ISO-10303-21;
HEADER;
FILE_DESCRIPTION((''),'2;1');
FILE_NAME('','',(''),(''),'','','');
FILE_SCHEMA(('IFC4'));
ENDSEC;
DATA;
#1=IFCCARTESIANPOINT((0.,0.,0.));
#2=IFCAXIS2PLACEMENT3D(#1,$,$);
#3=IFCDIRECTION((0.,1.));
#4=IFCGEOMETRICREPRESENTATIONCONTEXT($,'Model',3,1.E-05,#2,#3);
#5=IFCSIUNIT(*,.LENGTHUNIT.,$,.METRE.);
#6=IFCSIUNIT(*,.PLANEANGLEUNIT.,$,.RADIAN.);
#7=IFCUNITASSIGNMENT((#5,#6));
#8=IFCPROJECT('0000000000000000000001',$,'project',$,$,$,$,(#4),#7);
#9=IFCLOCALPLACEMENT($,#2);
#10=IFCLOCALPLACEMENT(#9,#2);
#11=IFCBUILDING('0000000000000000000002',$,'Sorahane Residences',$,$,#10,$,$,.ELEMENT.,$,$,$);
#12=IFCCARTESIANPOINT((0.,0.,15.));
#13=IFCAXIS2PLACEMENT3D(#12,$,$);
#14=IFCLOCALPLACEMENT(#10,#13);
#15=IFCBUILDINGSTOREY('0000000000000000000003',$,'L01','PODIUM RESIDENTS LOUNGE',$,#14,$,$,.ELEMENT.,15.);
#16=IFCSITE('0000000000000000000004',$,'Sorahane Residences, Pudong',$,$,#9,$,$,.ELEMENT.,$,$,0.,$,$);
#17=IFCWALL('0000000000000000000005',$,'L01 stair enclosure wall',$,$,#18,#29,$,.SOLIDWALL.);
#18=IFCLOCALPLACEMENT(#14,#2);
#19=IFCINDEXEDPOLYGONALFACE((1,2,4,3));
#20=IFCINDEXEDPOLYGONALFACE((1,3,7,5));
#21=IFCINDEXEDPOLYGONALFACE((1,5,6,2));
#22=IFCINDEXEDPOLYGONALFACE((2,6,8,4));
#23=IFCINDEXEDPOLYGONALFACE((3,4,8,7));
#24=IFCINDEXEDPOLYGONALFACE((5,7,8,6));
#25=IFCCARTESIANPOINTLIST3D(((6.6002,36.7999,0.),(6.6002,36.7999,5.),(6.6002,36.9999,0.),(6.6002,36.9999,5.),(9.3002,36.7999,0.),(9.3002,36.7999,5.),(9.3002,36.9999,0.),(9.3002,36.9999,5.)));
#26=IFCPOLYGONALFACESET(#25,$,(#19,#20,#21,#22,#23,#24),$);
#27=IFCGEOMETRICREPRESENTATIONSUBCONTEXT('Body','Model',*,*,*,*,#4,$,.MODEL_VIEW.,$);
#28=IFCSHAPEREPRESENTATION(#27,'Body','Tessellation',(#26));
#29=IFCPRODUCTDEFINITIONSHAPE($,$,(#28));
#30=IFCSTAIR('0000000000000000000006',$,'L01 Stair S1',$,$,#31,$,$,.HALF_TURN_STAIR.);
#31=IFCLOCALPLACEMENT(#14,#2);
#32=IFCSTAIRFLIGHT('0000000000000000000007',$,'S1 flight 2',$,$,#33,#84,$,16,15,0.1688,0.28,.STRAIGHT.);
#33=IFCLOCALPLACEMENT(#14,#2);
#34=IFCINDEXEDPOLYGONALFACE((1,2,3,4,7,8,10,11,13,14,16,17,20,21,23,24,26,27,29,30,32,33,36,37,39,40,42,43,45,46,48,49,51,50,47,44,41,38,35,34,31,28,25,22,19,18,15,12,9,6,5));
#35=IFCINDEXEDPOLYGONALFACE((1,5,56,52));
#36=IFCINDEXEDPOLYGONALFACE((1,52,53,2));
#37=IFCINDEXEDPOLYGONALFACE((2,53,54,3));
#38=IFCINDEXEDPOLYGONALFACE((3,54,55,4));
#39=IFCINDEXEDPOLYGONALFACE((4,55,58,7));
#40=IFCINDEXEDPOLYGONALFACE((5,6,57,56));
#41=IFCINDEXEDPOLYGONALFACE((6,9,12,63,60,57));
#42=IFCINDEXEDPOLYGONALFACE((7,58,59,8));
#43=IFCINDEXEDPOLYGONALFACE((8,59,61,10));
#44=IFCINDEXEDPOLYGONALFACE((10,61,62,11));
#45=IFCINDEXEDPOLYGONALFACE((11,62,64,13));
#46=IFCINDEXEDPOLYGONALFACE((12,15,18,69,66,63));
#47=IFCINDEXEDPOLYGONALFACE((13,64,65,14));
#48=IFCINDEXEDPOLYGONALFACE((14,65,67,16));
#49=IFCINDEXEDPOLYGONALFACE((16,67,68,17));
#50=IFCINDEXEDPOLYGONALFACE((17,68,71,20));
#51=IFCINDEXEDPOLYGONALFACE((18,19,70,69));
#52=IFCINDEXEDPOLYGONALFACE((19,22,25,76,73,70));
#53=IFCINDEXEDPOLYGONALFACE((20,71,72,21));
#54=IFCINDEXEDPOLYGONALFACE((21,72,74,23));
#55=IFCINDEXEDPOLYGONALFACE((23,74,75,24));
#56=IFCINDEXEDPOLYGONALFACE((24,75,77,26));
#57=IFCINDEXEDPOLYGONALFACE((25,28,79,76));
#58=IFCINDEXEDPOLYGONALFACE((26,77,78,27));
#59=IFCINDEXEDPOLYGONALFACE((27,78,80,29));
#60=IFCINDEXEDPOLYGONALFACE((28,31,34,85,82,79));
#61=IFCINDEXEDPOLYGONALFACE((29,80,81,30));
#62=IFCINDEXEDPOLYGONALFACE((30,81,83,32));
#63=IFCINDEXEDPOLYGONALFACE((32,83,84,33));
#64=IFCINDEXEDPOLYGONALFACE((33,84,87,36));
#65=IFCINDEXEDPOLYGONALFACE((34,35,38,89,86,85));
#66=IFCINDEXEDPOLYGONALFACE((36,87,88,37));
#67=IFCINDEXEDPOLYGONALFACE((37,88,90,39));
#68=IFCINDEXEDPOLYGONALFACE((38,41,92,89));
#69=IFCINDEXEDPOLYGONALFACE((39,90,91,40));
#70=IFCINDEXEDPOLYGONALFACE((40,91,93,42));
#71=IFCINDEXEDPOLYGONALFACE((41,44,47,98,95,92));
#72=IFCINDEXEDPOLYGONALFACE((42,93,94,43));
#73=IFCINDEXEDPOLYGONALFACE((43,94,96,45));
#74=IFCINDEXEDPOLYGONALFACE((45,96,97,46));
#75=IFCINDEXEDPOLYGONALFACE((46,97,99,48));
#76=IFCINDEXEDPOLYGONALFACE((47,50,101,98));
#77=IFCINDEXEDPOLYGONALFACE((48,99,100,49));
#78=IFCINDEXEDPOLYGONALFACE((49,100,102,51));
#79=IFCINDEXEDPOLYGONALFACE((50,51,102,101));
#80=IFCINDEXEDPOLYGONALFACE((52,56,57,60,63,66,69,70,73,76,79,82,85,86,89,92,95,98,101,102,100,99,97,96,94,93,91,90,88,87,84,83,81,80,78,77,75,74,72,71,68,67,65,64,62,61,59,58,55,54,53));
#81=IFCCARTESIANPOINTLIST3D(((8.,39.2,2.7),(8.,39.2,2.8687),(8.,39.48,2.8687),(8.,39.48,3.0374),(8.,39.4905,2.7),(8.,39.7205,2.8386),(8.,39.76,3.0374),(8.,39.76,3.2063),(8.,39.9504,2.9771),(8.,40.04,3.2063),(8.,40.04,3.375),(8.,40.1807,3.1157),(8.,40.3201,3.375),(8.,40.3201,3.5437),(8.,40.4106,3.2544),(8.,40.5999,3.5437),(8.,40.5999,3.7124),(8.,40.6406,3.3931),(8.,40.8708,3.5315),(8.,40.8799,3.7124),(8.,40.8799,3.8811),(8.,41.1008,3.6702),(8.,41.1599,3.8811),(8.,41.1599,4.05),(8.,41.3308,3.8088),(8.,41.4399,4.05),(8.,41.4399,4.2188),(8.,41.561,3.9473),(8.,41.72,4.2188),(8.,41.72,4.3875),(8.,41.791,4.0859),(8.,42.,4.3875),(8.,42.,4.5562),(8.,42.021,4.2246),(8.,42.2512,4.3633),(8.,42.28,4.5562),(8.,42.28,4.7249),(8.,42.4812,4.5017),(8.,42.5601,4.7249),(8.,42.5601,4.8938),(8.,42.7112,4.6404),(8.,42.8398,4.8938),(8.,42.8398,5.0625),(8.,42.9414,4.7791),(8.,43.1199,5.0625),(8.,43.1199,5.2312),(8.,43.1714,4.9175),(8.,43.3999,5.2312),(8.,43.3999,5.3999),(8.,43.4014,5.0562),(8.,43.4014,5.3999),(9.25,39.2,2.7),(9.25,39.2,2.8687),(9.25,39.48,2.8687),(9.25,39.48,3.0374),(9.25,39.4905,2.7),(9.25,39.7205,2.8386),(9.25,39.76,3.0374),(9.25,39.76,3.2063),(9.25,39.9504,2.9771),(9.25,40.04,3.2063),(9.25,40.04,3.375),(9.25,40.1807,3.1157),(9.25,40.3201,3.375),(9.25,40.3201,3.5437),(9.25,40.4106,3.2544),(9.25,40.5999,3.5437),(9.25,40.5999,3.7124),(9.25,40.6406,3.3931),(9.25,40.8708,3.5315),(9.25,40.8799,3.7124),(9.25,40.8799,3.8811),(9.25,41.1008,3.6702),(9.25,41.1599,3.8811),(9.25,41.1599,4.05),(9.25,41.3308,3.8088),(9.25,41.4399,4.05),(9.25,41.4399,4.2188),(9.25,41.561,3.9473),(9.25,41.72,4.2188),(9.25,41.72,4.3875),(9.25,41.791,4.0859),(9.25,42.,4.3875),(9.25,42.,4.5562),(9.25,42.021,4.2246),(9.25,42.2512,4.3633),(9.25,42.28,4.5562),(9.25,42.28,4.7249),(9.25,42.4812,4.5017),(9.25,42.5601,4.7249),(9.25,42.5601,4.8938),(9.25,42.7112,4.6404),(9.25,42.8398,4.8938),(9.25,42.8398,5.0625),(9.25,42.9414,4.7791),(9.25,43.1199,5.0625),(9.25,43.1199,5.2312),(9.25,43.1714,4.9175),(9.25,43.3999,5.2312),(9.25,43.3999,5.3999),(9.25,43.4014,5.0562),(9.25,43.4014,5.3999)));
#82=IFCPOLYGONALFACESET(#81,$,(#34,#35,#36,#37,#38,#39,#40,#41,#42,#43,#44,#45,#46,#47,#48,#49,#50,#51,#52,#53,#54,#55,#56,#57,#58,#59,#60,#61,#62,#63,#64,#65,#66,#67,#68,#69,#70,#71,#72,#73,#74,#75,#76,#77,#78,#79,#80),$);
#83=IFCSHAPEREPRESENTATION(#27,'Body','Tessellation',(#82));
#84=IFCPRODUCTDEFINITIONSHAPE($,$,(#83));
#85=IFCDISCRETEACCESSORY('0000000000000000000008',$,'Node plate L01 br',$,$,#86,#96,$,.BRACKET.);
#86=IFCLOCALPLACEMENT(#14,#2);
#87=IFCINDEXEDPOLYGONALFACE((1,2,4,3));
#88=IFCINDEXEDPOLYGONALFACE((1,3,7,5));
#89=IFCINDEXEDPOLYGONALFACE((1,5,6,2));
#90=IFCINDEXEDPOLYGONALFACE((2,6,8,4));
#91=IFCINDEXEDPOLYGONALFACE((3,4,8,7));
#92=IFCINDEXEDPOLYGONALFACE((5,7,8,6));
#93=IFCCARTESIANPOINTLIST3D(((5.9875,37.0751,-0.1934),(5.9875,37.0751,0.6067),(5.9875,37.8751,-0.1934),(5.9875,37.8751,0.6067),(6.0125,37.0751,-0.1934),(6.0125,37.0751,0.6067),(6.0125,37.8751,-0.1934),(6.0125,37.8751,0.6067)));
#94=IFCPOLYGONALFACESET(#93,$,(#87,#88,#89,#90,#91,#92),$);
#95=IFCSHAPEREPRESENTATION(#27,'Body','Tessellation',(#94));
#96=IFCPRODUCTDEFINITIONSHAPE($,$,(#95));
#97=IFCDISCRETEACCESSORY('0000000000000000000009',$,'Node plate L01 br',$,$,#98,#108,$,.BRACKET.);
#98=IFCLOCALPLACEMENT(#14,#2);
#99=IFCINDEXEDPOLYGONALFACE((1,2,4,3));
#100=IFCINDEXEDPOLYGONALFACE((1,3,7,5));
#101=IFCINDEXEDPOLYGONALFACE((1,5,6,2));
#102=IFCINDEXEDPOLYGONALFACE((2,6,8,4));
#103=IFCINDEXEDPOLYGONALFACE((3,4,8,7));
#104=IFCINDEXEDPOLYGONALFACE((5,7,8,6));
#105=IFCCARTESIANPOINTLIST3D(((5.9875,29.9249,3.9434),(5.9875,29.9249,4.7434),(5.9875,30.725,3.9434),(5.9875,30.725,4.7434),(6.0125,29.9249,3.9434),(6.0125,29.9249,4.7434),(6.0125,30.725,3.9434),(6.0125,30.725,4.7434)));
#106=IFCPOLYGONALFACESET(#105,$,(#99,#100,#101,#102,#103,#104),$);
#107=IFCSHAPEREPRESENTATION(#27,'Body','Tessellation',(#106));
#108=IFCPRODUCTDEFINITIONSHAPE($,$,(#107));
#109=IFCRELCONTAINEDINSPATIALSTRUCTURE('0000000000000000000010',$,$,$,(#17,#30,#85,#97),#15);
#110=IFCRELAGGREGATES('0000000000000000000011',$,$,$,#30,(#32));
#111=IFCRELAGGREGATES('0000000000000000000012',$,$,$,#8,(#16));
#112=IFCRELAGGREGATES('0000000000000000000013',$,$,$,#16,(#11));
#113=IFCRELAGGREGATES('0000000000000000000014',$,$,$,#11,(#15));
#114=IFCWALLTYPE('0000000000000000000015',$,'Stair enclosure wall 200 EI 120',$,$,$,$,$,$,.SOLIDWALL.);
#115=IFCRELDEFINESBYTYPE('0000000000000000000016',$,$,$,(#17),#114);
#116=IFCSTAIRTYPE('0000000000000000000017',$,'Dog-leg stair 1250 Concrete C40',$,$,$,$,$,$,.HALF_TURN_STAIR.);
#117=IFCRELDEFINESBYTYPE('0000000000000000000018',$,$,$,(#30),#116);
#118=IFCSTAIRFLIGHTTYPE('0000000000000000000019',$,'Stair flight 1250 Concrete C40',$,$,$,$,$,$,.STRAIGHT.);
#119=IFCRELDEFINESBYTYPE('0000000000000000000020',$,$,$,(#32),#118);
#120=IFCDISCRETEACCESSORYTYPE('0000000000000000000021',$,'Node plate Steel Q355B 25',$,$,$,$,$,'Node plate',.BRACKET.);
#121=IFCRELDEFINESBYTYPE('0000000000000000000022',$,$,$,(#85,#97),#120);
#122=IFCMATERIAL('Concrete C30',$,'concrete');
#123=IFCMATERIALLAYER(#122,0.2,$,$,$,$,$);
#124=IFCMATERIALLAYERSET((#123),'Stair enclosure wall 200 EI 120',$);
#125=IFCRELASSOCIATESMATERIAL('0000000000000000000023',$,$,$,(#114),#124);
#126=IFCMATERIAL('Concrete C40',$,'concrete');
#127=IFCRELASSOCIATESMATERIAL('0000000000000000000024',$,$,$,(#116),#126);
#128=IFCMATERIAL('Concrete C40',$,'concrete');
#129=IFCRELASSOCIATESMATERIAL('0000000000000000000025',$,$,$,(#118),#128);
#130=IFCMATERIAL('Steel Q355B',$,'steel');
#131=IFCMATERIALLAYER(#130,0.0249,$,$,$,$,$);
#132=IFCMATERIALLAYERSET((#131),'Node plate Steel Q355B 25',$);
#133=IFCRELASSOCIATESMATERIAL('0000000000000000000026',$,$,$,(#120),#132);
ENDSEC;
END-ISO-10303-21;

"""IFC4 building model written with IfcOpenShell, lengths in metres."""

from ifc_helpers import new_model, si_unit, direction, frame, frame_2d, origin, origin_2d, place, context, subcontext, project, spatial, polyline, rectangle, outline, extrude, material, layer, layer_set, type_object, element, aggregate, save


model = new_model("IFC4")

# Units and contexts
model_context = context("Model", 3, precision=1e-05, world=origin(), true_north=direction((0.0, 1.0)))
body_context = subcontext(model_context, "Body", "Model", "MODEL_VIEW")
ifc_project = project(units=[si_unit("LENGTHUNIT", "METRE"), si_unit("PLANEANGLEUNIT", "RADIAN")], contexts=[model_context])

# Site, building, storey
site_placement = place(None, origin())
site = spatial("IfcSite", under=ifc_project, at=site_placement, Name="Sorahane Residences, Pudong", CompositionType="ELEMENT", RefElevation=0.0)
building_placement = place(site_placement, origin())
building = spatial("IfcBuilding", under=site, at=building_placement, Name="Sorahane Residences", CompositionType="ELEMENT")
storey_placement = place(building_placement, frame((0.0, 0.0, 15.0)))
storey = spatial("IfcBuildingStorey", under=building, at=storey_placement, Name="L01", Description="PODIUM RESIDENTS LOUNGE", CompositionType="ELEMENT", Elevation=15.0)

# Wall
ifc_material_1 = material(Name="Concrete C30", Category="concrete")
ifc_layer_1 = layer(ifc_material_1, 0.2)
ifc_layer_set_1 = layer_set([ifc_layer_1], Name="Stair enclosure wall 200 EI 120")
wall_type_1 = type_object("IfcWallType", Name="Stair enclosure wall 200 EI 120", PredefinedType="SOLIDWALL", material=ifc_layer_set_1)
wall_1_placement = place(storey_placement, frame((6.6001, 36.8999, 0.0), z_axis=(0.0, 0.0, 1.0), x_axis=(1.0, 0.0, 0.0)))
element("IfcWall", 1, at=wall_1_placement, inside=storey, type_object=wall_type_1, Name="L01 stair enclosure wall", PredefinedType="SOLIDWALL", context=body_context, shape_type="SweptSolid", body=[
    extrude(rectangle(XDim=2.7, YDim=0.2, at=frame_2d((1.3501, 0.0))), origin(), (0.0, 0.0, 1.0), 5.0),
])

# Stair, stair flight
ifc_material_2 = material(Name="Concrete C40", Category="concrete")
stair_type = type_object("IfcStairType", Name="Dog-leg stair 1250 Concrete C40", PredefinedType="HALF_TURN_STAIR", material=ifc_material_2)
stair_placement = place(storey_placement, origin())
stair = element("IfcStair", 2, at=stair_placement, inside=storey, type_object=stair_type, Name="L01 Stair S1", PredefinedType="HALF_TURN_STAIR")
ifc_material_3 = material(Name="Concrete C40", Category="concrete")
stair_flight_type = type_object("IfcStairFlightType", Name="Stair flight 1250 Concrete C40", PredefinedType="STRAIGHT", material=ifc_material_3)
stair_flight_placement = place(storey_placement, frame((8.625, 39.2, 2.7), z_axis=(0.0, 0.0, 1.0), x_axis=(0.0, 1.0, 0.0)))
stair_flight = element("IfcStairFlight", 3, at=stair_flight_placement, type_object=stair_flight_type, Name="S1 flight 2", NumberOfRisers=16, NumberOfTreads=15, PredefinedType="STRAIGHT", RiserHeight=0.1688, TreadLength=0.28, context=body_context, shape_type="SweptSolid", body=[
    extrude(outline(polyline([(0.0, 0.0), (0.0, 0.1687), (0.28, 0.1687), (0.28, 0.3374), (0.5601, 0.3374), (0.5601, 0.5063), (0.8401, 0.5063), (0.8401, 0.675), (1.1201, 0.675), (1.1201, 0.8438), (1.3999, 0.8438), (1.3999, 1.0125), (1.6799, 1.0125), (1.6799, 1.1812), (1.96, 1.1812), (1.96, 1.3501), (2.24, 1.3501), (2.24, 1.5188), (2.52, 1.5188), (2.52, 1.6875), (2.8, 1.6875), (2.8, 1.8562), (3.0801, 1.8562), (3.0801, 2.0249), (3.3601, 2.0249), (3.3601, 2.1938), (3.6399, 2.1938), (3.6399, 2.3625), (3.9199, 2.3625), (3.9199, 2.5312), (4.2, 2.5312), (4.2, 2.7), (4.2014, 2.7), (4.2014, 2.3562), (3.9714, 2.2175), (3.7415, 2.0791), (3.5112, 1.9404), (3.2812, 1.8018), (3.0513, 1.6633), (2.821, 1.5247), (2.5911, 1.386), (2.3611, 1.2473), (2.1309, 1.1089), (1.9009, 0.9702), (1.6709, 0.8315), (1.4407, 0.6931), (1.2107, 0.5544), (0.9807, 0.4158), (0.7505, 0.2771), (0.5205, 0.1387), (0.2905, 0.0), (0.0, 0.0)])), frame((0.0, 0.625, 0.0), z_axis=(0.0, -1.0, 0.0), x_axis=(1.0, 0.0, 0.0)), (0.0, 0.0, 1.0), 1.25),
])
aggregate(stair, [stair_flight])

# Discrete accessories
ifc_material_4 = material(Name="Steel Q355B", Category="steel")
ifc_layer_2 = layer(ifc_material_4, 0.0249)
ifc_layer_set_2 = layer_set([ifc_layer_2], Name="Node plate Steel Q355B 25")
discrete_accessory_type = type_object("IfcDiscreteAccessoryType", Name="Node plate Steel Q355B 25", ElementType="Node plate", PredefinedType="BRACKET", material=ifc_layer_set_2)
for number, where, z_axis, x_axis, name in (
    (4, (6.0, 37.4751, -0.1934), (0.0, 0.0, 1.0), (0.0, 1.0, 0.0), "Node plate L01 br"),
    (5, (6.0, 30.325, 3.9434), (0.0, 0.0, 1.0), (0.0, 1.0, 0.0), "Node plate L01 br"),
):
    element("IfcDiscreteAccessory", number, at=place(storey_placement, frame(where, z_axis=z_axis, x_axis=x_axis)), inside=storey, type_object=discrete_accessory_type, Name=name, PredefinedType="BRACKET", context=body_context, shape_type="SweptSolid", body=[
        extrude(rectangle(XDim=0.8, YDim=0.0249, at=origin_2d()), origin(), (0.0, 0.0, 1.0), 0.8),
    ])

save(model, "model.ifc")
